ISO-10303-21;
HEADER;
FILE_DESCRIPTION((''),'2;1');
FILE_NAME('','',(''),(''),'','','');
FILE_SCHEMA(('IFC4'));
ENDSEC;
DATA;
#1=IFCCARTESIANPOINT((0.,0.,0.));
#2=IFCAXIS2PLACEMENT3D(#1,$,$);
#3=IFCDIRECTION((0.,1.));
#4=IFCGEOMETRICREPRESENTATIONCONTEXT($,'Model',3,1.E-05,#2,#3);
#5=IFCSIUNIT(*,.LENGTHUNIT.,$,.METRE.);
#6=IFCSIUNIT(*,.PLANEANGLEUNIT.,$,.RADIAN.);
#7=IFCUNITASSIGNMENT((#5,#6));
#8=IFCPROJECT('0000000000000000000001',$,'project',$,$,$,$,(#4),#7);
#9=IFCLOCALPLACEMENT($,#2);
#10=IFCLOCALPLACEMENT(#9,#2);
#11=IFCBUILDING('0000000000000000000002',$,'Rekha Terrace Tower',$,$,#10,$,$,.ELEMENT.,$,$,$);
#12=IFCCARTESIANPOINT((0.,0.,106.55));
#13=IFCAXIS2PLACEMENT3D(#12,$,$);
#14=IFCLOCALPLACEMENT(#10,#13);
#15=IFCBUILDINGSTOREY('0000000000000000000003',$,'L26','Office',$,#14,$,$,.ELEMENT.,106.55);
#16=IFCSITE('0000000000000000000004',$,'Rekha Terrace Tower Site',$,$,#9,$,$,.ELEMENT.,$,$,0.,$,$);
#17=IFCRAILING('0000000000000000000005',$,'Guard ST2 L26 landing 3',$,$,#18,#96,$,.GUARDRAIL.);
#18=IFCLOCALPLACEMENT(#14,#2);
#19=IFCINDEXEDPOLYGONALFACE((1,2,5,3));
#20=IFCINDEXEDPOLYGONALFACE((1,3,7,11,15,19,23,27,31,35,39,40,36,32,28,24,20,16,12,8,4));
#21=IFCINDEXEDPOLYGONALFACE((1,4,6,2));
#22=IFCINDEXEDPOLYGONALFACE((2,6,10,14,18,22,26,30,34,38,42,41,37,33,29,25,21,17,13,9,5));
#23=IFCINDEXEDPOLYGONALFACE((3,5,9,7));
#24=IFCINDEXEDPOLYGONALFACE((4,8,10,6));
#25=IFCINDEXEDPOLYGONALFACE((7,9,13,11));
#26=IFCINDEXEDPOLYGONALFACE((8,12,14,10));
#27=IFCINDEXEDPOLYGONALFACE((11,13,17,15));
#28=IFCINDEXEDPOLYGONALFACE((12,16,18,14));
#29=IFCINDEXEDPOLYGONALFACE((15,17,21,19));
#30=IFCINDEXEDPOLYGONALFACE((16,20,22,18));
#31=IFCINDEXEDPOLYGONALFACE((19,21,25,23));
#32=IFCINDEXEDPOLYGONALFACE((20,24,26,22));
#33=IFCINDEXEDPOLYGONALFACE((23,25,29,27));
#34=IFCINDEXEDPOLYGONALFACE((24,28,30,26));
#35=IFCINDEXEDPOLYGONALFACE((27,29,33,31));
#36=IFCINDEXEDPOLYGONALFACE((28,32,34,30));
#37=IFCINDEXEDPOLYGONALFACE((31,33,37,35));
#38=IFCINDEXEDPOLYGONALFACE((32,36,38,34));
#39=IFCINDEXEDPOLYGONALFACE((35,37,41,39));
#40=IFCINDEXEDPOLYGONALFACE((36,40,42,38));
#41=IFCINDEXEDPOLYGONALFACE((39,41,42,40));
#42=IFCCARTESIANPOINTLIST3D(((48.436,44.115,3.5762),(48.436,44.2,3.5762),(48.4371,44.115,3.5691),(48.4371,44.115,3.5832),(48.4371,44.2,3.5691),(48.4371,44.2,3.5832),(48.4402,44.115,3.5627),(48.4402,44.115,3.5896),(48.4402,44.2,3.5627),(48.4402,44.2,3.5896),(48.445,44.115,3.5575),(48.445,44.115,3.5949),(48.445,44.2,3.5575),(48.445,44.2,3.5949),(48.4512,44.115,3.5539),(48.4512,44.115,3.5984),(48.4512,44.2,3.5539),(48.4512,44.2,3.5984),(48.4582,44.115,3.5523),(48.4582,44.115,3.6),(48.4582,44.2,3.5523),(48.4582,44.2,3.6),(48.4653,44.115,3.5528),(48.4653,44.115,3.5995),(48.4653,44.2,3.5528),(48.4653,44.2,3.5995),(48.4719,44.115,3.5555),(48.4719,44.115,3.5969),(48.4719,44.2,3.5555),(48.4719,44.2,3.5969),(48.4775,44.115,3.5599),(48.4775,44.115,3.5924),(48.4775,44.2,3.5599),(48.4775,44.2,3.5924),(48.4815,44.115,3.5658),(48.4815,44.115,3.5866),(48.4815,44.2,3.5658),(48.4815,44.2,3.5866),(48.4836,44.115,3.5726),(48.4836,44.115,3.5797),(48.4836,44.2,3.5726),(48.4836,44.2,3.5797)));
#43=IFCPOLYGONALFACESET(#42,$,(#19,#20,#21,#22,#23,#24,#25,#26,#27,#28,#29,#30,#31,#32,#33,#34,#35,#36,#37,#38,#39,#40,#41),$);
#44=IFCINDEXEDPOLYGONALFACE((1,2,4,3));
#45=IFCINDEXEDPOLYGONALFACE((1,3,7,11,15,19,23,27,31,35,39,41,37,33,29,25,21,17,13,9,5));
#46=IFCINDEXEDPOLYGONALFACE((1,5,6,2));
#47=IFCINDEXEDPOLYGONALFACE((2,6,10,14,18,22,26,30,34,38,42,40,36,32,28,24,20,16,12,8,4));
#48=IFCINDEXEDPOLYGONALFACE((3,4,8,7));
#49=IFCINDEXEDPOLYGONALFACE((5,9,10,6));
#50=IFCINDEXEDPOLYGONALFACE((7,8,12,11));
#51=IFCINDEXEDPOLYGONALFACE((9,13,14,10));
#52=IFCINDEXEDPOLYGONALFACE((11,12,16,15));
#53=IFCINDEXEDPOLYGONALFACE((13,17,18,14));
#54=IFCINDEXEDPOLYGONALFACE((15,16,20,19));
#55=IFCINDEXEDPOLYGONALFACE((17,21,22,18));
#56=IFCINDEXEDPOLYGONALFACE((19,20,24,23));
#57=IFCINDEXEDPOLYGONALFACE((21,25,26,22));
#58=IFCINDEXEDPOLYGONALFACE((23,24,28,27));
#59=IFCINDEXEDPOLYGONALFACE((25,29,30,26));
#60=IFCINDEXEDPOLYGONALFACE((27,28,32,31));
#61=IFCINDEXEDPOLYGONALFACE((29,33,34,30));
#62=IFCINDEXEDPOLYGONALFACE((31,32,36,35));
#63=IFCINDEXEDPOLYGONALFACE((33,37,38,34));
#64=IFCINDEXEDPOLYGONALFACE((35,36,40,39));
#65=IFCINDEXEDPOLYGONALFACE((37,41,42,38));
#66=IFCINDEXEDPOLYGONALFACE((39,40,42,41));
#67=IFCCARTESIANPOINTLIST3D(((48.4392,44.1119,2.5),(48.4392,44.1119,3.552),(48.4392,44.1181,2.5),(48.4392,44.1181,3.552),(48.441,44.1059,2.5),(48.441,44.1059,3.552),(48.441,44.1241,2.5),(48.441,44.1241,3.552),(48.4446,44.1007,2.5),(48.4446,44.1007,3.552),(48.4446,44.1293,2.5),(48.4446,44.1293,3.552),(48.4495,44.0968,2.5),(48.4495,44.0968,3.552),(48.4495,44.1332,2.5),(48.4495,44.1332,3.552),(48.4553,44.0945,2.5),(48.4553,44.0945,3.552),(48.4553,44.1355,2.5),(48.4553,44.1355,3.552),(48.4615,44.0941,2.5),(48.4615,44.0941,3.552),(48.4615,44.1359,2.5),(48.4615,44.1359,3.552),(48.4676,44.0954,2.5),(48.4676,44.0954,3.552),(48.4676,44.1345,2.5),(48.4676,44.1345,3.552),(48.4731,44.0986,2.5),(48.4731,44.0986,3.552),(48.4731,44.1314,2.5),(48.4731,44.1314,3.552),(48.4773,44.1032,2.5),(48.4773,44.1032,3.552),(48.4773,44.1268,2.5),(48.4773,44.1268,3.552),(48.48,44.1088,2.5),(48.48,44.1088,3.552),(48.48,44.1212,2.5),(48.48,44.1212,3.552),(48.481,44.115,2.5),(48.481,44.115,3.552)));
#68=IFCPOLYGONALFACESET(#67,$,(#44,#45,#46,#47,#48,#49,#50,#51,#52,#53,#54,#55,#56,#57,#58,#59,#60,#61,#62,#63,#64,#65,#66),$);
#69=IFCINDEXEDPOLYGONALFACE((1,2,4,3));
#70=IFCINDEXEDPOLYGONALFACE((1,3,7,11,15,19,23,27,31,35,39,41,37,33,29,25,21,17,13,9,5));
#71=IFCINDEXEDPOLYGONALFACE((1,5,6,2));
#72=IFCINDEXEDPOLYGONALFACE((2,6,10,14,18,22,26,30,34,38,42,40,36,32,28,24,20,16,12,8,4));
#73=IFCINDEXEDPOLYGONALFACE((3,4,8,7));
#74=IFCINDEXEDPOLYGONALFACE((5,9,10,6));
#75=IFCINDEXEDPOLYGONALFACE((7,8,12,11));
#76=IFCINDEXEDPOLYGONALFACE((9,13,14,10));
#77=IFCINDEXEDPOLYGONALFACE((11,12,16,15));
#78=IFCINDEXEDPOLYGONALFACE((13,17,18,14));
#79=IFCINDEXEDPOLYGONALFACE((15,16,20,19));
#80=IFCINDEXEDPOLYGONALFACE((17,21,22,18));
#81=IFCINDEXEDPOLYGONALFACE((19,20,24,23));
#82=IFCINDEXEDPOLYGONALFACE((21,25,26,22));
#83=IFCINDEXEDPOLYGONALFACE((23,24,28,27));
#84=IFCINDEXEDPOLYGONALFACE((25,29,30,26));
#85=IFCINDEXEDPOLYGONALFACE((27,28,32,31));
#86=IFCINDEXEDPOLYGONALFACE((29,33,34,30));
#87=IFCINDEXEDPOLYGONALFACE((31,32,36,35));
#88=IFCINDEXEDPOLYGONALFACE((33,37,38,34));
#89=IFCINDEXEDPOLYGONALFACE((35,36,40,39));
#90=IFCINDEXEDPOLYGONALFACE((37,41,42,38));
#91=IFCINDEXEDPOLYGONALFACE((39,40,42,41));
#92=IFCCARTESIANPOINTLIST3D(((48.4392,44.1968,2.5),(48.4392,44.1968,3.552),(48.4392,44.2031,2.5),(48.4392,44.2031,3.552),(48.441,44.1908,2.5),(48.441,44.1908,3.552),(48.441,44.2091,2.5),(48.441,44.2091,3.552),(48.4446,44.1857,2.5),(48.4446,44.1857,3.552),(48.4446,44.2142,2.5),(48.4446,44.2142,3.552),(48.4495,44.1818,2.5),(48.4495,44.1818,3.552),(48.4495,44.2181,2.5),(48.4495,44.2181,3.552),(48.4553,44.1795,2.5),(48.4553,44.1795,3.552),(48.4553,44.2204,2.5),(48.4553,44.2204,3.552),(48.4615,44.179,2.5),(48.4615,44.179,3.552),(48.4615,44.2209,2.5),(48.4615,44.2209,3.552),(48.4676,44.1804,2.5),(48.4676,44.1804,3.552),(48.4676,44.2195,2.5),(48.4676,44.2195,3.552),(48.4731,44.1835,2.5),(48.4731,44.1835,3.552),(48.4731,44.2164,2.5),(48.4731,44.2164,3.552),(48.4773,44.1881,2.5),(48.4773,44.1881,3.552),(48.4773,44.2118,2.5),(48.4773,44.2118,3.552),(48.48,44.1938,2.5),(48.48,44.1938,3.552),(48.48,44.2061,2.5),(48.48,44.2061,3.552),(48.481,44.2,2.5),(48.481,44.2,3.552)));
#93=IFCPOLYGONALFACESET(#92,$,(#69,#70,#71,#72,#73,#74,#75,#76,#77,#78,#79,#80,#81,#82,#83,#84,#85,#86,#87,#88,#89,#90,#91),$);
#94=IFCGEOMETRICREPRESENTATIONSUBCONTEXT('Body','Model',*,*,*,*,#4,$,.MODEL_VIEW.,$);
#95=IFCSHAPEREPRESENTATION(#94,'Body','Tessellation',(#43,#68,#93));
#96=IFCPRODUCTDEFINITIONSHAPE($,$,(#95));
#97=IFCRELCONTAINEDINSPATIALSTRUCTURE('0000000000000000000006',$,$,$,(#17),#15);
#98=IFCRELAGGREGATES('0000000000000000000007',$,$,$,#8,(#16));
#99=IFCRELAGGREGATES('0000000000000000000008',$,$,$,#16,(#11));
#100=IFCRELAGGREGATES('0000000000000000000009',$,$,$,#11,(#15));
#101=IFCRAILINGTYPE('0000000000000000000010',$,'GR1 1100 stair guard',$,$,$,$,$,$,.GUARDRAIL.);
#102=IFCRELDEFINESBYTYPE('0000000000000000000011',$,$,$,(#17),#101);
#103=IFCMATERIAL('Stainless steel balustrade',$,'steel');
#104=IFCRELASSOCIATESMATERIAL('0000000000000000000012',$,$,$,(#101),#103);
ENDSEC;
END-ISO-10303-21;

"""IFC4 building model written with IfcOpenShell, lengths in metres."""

from ifc_helpers import new_model, si_unit, direction, frame, origin, origin_2d, place, context, subcontext, project, spatial, circle, extrude, material, type_object, element, save


model = new_model("IFC4")

# Units and contexts
model_context = context("Model", 3, precision=1e-05, world=origin(), true_north=direction((0.0, 1.0)))
body_context = subcontext(model_context, "Body", "Model", "MODEL_VIEW")
ifc_project = project(units=[si_unit("LENGTHUNIT", "METRE"), si_unit("PLANEANGLEUNIT", "RADIAN")], contexts=[model_context])

# Site, building, storey
site_placement = place(None, origin())
site = spatial("IfcSite", under=ifc_project, at=site_placement, Name="Rekha Terrace Tower Site", CompositionType="ELEMENT", RefElevation=0.0)
building_placement = place(site_placement, origin())
building = spatial("IfcBuilding", under=site, at=building_placement, Name="Rekha Terrace Tower", CompositionType="ELEMENT")
storey_placement = place(building_placement, frame((0.0, 0.0, 106.55)))
storey = spatial("IfcBuildingStorey", under=building, at=storey_placement, Name="L26", Description="Office", CompositionType="ELEMENT", Elevation=106.55)

# Railing
ifc_material_1 = material(Name="Stainless steel balustrade", Category="steel")
railing_type_1 = type_object("IfcRailingType", Name="GR1 1100 stair guard", PredefinedType="GUARDRAIL", material=ifc_material_1)
railing_1_placement = place(storey_placement, frame((48.46, 44.115, 2.5)))
element("IfcRailing", 1, at=railing_1_placement, inside=storey, type_object=railing_type_1, Name="Guard ST2 L26 landing 3", PredefinedType="GUARDRAIL", context=body_context, shape_type="SweptSolid", body=[
    extrude(circle(Radius=0.0239, at=origin_2d()), frame((0.0, 0.0, 1.0762), z_axis=(0.0, 1.0, 0.0), x_axis=(-1.0, 0.0, 0.0)), (0.0, 0.0, 1.0), 0.085),
    extrude(circle(Radius=0.021, at=origin_2d()), origin(), (0.0, 0.0, 1.0), 1.052),
    extrude(circle(Radius=0.021, at=origin_2d()), frame((0.0, 0.085, 0.0)), (0.0, 0.0, 1.0), 1.052),
])

save(model, "model.ifc")
